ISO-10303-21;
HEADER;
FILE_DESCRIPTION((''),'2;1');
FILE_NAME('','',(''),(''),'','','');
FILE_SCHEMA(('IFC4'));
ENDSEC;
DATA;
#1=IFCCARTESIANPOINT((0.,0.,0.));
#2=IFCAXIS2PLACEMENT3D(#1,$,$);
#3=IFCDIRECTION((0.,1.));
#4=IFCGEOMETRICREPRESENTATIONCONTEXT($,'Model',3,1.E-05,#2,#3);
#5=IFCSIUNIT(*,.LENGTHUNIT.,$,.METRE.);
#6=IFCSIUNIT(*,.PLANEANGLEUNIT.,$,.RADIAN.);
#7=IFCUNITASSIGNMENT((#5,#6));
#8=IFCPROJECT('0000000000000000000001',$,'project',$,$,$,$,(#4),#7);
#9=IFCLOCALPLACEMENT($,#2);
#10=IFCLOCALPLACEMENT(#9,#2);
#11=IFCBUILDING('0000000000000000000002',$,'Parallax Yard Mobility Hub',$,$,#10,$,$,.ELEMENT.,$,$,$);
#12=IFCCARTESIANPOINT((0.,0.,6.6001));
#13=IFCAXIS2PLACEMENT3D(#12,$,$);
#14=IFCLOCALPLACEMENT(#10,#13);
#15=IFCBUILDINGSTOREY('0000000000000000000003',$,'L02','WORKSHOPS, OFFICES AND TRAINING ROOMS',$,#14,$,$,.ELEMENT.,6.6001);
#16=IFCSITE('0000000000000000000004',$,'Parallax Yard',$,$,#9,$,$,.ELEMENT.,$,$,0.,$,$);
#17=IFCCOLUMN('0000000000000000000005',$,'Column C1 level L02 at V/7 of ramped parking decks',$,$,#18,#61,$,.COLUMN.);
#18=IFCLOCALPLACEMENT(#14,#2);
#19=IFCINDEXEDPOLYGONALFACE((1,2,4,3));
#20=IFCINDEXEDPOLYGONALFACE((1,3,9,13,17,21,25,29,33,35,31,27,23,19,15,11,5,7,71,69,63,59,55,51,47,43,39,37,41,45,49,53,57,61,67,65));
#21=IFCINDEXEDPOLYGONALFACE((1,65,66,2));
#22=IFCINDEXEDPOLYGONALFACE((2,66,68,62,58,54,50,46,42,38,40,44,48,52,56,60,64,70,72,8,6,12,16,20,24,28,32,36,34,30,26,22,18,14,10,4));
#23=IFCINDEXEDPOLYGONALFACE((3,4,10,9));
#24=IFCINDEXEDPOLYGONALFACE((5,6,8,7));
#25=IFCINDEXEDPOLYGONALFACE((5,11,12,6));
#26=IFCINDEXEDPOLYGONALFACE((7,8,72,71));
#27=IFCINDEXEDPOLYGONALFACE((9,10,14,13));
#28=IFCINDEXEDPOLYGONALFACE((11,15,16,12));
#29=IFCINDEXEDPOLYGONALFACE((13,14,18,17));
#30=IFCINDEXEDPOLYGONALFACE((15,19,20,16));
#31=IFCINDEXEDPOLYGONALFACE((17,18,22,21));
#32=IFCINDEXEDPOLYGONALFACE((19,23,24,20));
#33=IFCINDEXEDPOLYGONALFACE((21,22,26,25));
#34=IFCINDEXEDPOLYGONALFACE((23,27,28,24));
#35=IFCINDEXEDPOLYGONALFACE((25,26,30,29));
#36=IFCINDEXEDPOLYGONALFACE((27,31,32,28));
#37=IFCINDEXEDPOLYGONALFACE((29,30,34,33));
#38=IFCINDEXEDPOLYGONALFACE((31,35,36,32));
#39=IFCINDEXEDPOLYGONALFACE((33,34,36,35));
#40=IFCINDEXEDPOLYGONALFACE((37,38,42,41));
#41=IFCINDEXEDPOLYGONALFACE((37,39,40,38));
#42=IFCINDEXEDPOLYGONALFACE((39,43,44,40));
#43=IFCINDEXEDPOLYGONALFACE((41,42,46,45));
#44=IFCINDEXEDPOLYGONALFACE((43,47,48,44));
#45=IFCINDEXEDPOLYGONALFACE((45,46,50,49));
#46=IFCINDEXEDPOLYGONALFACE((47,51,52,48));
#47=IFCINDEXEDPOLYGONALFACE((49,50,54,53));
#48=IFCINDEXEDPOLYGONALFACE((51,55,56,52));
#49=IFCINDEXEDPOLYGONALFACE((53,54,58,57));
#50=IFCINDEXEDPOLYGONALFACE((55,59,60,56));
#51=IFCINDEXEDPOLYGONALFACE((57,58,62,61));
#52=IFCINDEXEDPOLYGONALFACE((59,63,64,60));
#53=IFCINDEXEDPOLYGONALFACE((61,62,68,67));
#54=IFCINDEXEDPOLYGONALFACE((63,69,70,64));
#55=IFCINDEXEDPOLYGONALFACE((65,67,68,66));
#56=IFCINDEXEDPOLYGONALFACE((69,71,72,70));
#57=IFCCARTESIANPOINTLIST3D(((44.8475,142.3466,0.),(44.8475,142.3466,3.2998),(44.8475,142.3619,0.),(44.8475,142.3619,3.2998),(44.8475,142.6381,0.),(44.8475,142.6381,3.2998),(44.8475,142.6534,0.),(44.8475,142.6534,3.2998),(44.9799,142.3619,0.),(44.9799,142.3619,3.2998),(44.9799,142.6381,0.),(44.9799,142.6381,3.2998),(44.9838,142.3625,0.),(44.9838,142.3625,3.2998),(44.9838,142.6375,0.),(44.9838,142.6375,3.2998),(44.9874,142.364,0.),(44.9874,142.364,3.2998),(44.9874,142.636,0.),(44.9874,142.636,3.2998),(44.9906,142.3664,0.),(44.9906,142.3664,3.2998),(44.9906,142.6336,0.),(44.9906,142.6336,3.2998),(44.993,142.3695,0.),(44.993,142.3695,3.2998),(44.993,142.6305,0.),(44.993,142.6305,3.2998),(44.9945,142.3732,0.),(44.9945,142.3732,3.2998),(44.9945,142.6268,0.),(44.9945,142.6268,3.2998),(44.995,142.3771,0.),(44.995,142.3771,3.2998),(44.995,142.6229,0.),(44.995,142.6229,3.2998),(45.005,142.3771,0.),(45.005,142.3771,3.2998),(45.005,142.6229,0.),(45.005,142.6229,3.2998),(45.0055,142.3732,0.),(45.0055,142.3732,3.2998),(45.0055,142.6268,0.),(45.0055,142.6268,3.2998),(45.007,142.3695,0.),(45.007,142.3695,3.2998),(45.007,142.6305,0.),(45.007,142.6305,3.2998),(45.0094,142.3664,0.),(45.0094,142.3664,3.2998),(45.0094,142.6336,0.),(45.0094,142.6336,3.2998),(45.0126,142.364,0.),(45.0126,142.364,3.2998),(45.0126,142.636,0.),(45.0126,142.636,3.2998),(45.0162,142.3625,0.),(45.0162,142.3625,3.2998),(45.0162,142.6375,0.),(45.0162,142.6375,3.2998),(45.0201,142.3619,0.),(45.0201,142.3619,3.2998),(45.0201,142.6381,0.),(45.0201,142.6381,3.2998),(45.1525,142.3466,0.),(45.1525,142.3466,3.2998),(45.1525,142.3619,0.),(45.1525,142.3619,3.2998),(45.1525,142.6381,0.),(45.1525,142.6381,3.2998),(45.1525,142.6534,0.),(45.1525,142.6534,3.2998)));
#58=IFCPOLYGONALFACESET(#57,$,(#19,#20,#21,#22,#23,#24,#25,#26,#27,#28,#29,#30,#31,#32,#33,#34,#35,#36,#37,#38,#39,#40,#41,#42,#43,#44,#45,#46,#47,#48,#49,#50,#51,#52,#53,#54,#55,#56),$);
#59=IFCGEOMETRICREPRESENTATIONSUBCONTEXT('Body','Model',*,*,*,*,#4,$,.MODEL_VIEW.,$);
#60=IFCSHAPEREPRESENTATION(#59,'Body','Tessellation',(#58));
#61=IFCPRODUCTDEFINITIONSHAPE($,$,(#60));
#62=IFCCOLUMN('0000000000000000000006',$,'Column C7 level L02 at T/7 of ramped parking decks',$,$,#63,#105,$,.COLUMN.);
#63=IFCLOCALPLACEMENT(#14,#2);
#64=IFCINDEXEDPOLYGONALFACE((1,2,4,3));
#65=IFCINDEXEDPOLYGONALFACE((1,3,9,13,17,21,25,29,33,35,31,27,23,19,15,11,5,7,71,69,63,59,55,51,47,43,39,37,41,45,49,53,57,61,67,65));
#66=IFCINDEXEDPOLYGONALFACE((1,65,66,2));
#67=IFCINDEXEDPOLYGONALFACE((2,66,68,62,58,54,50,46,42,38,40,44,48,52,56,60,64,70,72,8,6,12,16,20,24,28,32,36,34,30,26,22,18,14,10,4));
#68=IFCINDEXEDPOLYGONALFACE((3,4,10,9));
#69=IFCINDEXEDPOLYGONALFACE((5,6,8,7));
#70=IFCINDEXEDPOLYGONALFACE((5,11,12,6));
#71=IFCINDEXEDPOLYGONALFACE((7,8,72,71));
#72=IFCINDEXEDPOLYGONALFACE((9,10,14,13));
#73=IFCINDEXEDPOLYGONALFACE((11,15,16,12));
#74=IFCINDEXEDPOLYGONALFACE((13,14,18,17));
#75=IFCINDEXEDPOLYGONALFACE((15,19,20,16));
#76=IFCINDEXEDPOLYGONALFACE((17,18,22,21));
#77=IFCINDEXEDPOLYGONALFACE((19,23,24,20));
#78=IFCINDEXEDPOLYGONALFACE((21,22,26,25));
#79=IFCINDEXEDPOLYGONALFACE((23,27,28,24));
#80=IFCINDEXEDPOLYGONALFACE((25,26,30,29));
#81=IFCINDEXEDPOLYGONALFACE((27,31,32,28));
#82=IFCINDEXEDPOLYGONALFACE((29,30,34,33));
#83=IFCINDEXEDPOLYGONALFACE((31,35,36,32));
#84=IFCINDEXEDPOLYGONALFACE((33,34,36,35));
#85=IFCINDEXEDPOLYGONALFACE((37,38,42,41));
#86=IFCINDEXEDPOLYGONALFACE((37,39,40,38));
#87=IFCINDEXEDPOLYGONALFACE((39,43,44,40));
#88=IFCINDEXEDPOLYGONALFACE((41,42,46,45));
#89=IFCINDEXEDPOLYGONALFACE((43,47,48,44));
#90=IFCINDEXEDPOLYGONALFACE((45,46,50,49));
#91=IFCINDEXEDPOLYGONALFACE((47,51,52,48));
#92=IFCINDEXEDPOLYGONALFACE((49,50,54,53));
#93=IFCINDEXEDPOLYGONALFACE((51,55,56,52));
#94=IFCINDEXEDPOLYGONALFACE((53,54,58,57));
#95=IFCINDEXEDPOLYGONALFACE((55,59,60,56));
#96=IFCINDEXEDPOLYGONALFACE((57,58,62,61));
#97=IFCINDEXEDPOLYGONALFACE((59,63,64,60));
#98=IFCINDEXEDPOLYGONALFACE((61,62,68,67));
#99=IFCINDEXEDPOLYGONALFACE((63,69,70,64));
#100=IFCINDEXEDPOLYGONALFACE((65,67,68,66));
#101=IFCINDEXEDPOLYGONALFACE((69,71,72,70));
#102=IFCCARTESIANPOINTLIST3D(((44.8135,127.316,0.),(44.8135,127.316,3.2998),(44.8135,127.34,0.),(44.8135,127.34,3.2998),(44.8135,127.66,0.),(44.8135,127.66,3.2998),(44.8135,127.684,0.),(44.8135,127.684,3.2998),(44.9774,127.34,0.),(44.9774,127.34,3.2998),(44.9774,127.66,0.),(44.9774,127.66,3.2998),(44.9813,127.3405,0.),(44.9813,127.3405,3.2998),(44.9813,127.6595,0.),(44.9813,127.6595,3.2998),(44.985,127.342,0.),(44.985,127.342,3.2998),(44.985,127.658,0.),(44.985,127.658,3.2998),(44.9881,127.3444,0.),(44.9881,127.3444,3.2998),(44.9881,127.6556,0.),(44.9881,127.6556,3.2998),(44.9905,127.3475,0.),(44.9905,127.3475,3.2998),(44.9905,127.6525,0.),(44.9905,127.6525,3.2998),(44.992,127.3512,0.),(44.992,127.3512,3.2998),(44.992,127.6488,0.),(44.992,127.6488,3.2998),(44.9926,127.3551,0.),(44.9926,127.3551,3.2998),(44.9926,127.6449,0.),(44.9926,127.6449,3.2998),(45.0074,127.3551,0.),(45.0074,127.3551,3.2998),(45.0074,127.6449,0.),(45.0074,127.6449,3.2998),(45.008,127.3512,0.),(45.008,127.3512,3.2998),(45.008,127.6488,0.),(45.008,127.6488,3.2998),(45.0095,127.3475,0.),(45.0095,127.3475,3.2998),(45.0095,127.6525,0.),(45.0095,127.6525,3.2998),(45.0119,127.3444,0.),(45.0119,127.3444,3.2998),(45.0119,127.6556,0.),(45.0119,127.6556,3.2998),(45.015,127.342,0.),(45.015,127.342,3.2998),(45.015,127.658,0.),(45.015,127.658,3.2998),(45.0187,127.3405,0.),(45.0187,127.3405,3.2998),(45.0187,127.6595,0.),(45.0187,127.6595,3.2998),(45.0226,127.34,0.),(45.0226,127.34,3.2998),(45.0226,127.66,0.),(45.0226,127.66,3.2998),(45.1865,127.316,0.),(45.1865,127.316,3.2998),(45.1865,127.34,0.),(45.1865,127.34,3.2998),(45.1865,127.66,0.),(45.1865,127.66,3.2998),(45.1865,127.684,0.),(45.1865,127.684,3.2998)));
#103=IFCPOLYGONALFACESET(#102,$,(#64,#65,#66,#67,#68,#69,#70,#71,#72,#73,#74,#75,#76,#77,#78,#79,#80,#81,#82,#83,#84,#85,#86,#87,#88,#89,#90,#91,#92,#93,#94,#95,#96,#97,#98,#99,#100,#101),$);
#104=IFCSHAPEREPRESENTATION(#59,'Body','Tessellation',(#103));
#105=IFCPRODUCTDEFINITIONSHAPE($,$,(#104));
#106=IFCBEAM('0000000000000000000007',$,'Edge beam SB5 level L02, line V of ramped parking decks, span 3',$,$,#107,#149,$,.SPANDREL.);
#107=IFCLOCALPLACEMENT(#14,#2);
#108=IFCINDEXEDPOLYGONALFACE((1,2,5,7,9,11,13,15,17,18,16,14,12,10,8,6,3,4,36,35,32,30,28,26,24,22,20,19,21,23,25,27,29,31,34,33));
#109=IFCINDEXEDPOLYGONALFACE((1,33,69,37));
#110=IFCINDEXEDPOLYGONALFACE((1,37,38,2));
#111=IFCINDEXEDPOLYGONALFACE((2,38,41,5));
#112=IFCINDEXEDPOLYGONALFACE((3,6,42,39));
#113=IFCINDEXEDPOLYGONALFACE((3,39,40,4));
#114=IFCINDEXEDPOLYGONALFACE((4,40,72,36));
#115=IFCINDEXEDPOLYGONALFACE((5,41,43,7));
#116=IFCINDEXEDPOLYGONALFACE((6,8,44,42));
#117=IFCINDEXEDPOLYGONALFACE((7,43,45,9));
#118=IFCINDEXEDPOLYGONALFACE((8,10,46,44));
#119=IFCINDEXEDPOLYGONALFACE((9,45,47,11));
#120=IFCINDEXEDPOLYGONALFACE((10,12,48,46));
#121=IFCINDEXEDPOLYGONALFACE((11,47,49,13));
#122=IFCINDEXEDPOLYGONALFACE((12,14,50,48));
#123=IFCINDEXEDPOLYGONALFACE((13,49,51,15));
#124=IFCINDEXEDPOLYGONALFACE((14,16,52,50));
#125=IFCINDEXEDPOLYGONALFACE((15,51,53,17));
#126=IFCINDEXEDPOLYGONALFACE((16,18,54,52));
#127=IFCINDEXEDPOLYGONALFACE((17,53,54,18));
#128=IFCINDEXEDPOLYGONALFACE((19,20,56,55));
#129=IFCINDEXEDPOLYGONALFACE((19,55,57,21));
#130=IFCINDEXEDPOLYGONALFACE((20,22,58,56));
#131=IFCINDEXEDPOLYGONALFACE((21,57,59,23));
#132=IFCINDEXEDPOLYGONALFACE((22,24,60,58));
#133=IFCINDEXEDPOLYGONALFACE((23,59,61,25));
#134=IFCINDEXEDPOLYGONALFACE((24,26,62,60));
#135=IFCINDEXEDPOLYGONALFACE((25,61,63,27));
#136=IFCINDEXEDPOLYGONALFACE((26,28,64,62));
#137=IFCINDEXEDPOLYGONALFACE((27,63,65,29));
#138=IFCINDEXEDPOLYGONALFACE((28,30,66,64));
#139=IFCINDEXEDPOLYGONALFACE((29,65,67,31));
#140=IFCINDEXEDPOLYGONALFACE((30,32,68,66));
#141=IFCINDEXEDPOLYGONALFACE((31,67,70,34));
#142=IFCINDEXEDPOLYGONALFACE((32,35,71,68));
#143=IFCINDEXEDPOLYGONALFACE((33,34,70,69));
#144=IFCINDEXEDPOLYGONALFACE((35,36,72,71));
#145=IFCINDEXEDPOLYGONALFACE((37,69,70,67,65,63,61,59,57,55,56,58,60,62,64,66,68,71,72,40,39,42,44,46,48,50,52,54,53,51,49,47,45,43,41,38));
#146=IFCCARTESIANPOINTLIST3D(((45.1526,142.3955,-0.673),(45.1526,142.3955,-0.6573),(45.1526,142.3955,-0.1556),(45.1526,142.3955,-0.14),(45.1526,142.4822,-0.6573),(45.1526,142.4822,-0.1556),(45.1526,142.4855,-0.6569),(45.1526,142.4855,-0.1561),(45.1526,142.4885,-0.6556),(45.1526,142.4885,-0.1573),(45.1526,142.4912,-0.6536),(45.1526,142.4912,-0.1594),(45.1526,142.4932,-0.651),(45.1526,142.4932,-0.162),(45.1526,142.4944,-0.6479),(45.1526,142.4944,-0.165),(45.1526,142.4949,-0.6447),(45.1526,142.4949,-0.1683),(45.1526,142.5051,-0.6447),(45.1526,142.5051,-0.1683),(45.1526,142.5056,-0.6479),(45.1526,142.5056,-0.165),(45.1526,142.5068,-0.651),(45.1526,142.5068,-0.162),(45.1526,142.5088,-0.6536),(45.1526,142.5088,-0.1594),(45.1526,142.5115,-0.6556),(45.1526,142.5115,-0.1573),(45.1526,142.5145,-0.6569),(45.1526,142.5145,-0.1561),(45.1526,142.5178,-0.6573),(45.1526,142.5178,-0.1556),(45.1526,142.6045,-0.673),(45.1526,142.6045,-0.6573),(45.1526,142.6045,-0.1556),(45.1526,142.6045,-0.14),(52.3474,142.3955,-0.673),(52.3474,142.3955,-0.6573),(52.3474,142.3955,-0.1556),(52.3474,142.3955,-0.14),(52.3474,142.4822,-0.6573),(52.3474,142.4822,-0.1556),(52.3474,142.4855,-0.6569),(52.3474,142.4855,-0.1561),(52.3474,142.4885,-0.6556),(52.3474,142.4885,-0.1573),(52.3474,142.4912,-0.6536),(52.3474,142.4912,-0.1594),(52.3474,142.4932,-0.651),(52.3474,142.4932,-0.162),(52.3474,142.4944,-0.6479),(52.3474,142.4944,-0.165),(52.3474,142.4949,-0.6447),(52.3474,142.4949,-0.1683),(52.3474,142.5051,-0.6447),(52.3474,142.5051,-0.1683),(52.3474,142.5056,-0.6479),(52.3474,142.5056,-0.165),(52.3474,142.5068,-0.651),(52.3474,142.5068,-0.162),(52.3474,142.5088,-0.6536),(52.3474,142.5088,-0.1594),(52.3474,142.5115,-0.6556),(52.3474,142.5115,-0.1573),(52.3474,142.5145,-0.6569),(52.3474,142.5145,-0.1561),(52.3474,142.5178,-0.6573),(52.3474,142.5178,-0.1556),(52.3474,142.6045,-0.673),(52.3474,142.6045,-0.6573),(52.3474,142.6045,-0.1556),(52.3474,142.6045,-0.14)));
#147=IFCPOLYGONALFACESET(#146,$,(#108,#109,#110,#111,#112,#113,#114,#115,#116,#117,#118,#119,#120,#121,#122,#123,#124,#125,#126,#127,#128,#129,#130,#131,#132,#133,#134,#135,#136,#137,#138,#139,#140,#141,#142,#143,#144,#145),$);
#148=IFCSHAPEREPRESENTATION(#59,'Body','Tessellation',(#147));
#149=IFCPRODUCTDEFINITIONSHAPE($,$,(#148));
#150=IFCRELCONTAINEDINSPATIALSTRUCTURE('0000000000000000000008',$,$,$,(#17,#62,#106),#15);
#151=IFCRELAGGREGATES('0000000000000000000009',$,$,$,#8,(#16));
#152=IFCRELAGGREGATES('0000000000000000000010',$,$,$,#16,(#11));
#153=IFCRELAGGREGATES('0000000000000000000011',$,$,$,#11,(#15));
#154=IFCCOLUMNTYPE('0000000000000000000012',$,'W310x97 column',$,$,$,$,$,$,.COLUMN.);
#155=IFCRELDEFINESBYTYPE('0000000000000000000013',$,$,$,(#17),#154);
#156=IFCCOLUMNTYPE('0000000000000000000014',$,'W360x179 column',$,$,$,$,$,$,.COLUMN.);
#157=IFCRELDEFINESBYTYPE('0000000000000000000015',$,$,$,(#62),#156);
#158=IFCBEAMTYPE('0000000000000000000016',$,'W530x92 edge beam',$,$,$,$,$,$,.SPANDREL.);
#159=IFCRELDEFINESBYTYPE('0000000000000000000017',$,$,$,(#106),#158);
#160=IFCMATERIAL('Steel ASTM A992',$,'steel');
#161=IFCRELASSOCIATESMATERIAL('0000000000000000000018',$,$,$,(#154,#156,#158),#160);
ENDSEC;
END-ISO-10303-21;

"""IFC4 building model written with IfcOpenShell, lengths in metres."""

from ifc_helpers import new_model, si_unit, direction, frame, origin, origin_2d, place, context, subcontext, project, spatial, i_section, extrude, material, material_profile, profile_set, type_object, element, save


model = new_model("IFC4")

# Units and contexts
model_context = context("Model", 3, precision=1e-05, world=origin(), true_north=direction((0.0, 1.0)))
body_context = subcontext(model_context, "Body", "Model", "MODEL_VIEW")
ifc_project = project(units=[si_unit("LENGTHUNIT", "METRE"), si_unit("PLANEANGLEUNIT", "RADIAN")], contexts=[model_context])

# Site, building, storey
site_placement = place(None, origin())
site = spatial("IfcSite", under=ifc_project, at=site_placement, Name="Parallax Yard", CompositionType="ELEMENT", RefElevation=0.0)
building_placement = place(site_placement, origin())
building = spatial("IfcBuilding", under=site, at=building_placement, Name="Parallax Yard Mobility Hub", CompositionType="ELEMENT")
storey_placement = place(building_placement, frame((0.0, 0.0, 6.6001)))
storey = spatial("IfcBuildingStorey", under=building, at=storey_placement, Name="L02", Description="WORKSHOPS, OFFICES AND TRAINING ROOMS", CompositionType="ELEMENT", Elevation=6.6001)

# Columns
ifc_material_1 = material(Name="Steel ASTM A992", Category="steel")
ifc_material_profile_1 = material_profile(ifc_material_1, i_section(OverallWidth=0.3049, OverallDepth=0.3069, WebThickness=0.01, FlangeThickness=0.0154, FilletRadius=0.0151, at=origin_2d()), Name="W310x97")
ifc_profile_set_1 = profile_set([ifc_material_profile_1], Name="Steel ASTM A992")
column_type_1 = type_object("IfcColumnType", Name="W310x97 column", PredefinedType="COLUMN", material=ifc_profile_set_1)
column_1_placement = place(storey_placement, frame((45.0, 142.5, 0.0), z_axis=(0.0, 0.0, 1.0), x_axis=(1.0, 0.0, 0.0)))
element("IfcColumn", 1, at=column_1_placement, inside=storey, type_object=column_type_1, Name="Column C1 level L02 at V/7 of ramped parking decks", PredefinedType="COLUMN", context=body_context, shape_type="SweptSolid", body=[
    extrude(i_section(OverallWidth=0.3049, OverallDepth=0.3069, WebThickness=0.01, FlangeThickness=0.0154, FilletRadius=0.0151, at=origin_2d()), origin(), (0.0, 0.0, 1.0), 3.2998),
])
ifc_material_profile_2 = material_profile(ifc_material_1, i_section(OverallWidth=0.373, OverallDepth=0.3679, WebThickness=0.0149, FlangeThickness=0.0239, FilletRadius=0.0151, at=origin_2d()), Name="W360x179")
ifc_profile_set_2 = profile_set([ifc_material_profile_2], Name="Steel ASTM A992")
column_type_2 = type_object("IfcColumnType", Name="W360x179 column", PredefinedType="COLUMN", material=ifc_profile_set_2)
column_2_placement = place(storey_placement, frame((45.0, 127.5, 0.0), z_axis=(0.0, 0.0, 1.0), x_axis=(1.0, 0.0, 0.0)))
element("IfcColumn", 2, at=column_2_placement, inside=storey, type_object=column_type_2, Name="Column C7 level L02 at T/7 of ramped parking decks", PredefinedType="COLUMN", context=body_context, shape_type="SweptSolid", body=[
    extrude(i_section(OverallWidth=0.373, OverallDepth=0.3679, WebThickness=0.0149, FlangeThickness=0.0239, FilletRadius=0.0151, at=origin_2d()), origin(), (0.0, 0.0, 1.0), 3.2998),
])

# Beam
ifc_material_profile_3 = material_profile(ifc_material_1, i_section(OverallWidth=0.209, OverallDepth=0.533, WebThickness=0.0103, FlangeThickness=0.0156, FilletRadius=0.0127, at=origin_2d()), Name="W530x92")
ifc_profile_set_3 = profile_set([ifc_material_profile_3], Name="Steel ASTM A992")
beam_type_1 = type_object("IfcBeamType", Name="W530x92 edge beam", PredefinedType="SPANDREL", material=ifc_profile_set_3)
beam_1_placement = place(storey_placement, frame((45.1526, 142.5, -0.4065), z_axis=(1.0, 0.0, 0.0), x_axis=(0.0, 1.0, 0.0)))
element("IfcBeam", 3, at=beam_1_placement, inside=storey, type_object=beam_type_1, Name="Edge beam SB5 level L02, line V of ramped parking decks, span 3", PredefinedType="SPANDREL", context=body_context, shape_type="SweptSolid", body=[
    extrude(i_section(OverallWidth=0.209, OverallDepth=0.533, WebThickness=0.0103, FlangeThickness=0.0156, FilletRadius=0.0127, at=origin_2d()), origin(), (0.0, 0.0, 1.0), 7.1948),
])

save(model, "model.ifc")
